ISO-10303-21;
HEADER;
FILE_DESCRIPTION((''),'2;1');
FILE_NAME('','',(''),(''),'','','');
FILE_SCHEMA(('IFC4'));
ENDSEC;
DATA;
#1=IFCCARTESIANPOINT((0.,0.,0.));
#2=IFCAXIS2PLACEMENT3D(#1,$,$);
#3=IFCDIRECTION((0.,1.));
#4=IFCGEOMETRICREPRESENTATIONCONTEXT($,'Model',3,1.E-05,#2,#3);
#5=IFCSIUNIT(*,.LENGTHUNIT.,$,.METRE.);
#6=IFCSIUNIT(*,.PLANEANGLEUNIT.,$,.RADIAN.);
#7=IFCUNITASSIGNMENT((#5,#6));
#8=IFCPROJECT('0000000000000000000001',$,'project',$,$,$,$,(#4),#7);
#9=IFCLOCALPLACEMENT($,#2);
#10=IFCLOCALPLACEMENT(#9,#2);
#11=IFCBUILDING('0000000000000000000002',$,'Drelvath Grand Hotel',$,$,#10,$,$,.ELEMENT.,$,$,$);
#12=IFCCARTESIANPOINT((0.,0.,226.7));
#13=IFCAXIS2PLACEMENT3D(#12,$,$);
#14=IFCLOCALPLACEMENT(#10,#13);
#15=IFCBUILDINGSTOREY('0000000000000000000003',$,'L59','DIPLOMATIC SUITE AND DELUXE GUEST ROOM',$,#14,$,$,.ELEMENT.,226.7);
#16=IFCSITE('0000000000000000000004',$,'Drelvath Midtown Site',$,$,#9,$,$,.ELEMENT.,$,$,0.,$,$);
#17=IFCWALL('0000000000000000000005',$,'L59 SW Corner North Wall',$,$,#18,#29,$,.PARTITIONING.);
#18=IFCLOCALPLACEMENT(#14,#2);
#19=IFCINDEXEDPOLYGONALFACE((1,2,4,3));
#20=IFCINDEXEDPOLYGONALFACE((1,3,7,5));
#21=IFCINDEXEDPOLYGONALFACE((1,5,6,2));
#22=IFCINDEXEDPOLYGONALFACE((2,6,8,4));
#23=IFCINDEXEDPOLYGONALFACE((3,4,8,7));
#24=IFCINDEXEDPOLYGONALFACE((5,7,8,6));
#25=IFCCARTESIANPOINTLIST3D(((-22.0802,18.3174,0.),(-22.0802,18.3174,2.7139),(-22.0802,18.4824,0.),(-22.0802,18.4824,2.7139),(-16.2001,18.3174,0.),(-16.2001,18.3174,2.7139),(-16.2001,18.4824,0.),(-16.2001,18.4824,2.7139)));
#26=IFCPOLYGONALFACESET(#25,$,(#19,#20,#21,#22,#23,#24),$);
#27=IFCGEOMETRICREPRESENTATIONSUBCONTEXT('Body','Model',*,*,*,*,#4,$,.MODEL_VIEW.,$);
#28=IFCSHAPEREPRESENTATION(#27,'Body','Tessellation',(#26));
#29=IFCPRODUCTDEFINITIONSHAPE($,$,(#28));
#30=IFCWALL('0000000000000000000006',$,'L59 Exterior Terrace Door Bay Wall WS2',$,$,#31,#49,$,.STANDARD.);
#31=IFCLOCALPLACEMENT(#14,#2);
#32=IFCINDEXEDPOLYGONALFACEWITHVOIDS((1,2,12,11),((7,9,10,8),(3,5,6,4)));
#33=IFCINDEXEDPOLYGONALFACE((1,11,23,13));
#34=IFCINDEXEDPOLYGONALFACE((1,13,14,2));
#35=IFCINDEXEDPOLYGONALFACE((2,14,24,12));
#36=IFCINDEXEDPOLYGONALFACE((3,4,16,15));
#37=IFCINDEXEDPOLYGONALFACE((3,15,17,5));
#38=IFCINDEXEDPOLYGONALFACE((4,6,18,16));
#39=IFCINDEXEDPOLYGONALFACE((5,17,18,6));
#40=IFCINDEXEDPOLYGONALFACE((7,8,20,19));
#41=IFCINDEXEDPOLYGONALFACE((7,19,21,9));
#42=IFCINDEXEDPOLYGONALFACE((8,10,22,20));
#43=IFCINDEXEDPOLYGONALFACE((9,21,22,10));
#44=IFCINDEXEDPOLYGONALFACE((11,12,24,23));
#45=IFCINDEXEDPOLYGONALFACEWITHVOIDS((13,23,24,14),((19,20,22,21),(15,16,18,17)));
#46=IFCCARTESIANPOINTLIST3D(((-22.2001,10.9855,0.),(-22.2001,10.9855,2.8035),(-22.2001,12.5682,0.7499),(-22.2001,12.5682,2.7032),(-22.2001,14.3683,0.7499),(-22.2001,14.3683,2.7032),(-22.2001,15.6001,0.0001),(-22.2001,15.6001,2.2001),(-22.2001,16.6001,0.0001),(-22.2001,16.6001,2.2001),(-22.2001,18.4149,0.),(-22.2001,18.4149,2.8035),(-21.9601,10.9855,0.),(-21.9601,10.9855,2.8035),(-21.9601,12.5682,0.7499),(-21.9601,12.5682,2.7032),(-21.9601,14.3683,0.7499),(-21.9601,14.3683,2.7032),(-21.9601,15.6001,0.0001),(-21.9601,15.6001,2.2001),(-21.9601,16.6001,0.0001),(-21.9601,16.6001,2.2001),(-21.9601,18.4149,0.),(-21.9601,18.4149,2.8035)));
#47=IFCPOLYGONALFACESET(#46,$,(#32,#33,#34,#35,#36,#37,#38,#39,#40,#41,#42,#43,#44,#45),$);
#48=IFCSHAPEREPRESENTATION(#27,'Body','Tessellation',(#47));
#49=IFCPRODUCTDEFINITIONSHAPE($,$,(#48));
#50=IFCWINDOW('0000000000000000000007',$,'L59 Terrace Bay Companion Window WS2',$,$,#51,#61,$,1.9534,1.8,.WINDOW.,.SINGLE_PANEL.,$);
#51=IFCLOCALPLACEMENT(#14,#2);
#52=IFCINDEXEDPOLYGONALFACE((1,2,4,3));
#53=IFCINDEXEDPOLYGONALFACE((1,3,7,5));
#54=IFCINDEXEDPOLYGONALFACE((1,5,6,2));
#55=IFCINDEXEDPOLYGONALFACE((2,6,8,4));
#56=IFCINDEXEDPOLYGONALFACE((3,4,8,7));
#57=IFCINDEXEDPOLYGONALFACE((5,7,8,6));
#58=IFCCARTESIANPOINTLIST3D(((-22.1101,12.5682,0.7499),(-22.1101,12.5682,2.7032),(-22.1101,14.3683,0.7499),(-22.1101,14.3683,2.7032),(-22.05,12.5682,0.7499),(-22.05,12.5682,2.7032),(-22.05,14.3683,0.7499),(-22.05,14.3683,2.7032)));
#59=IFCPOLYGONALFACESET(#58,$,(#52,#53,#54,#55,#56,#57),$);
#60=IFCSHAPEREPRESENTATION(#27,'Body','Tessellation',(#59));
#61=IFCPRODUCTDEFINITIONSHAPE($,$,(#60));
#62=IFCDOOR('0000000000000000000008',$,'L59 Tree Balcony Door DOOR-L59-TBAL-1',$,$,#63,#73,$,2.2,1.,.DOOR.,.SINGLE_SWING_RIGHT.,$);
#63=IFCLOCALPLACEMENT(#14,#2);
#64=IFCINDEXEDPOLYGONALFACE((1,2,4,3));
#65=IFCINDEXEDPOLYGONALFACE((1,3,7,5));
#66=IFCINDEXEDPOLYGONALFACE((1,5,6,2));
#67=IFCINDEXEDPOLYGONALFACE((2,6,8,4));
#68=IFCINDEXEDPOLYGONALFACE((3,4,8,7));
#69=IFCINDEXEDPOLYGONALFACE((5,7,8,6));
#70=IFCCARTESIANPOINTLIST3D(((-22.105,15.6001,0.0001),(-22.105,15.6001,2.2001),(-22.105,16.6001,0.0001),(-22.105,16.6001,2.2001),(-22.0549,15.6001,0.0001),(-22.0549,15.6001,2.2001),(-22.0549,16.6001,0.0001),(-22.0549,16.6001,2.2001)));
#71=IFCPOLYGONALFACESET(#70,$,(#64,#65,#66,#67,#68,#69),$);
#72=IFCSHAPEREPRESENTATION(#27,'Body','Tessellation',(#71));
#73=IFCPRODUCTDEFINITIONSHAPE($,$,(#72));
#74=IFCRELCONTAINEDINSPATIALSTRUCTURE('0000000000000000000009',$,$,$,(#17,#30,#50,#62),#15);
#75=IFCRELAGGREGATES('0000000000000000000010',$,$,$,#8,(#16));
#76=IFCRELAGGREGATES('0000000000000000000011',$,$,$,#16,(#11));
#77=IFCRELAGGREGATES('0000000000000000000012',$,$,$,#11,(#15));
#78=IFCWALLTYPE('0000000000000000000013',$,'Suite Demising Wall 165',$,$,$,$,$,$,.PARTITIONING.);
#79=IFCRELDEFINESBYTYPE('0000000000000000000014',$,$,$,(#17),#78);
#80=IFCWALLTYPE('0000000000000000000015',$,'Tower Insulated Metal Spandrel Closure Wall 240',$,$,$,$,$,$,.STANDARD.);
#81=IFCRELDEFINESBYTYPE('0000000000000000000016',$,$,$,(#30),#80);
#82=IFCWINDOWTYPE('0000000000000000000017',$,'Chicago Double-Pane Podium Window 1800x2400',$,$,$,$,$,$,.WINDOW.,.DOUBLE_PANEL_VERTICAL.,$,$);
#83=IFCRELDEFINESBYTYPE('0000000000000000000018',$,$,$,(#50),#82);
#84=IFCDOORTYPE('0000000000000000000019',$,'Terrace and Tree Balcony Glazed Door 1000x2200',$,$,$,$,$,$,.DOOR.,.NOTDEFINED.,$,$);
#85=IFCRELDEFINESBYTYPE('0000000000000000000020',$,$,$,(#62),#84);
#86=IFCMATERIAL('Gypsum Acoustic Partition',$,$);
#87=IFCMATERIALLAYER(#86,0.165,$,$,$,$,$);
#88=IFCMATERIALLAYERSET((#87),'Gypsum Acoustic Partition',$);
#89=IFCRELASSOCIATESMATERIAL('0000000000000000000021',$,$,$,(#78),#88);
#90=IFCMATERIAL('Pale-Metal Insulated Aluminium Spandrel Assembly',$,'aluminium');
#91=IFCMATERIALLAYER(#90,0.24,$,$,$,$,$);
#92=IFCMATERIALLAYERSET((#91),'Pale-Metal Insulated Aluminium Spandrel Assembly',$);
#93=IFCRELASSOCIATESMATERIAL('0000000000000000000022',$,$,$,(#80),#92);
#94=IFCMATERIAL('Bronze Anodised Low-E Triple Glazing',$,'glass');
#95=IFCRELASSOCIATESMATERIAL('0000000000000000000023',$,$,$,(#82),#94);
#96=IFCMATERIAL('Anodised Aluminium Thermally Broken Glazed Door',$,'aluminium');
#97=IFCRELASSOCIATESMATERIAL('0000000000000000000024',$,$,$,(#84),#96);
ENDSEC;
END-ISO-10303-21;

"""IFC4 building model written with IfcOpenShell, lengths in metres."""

from ifc_helpers import new_model, si_unit, direction, frame, frame_2d, origin, place, context, subcontext, project, spatial, rectangle, extrude, material, layer, layer_set, type_object, element, fill, save


model = new_model("IFC4")

# Units and contexts
model_context = context("Model", 3, precision=1e-05, world=origin(), true_north=direction((0.0, 1.0)))
body_context = subcontext(model_context, "Body", "Model", "MODEL_VIEW")
ifc_project = project(units=[si_unit("LENGTHUNIT", "METRE"), si_unit("PLANEANGLEUNIT", "RADIAN")], contexts=[model_context])

# Site, building, storey
site_placement = place(None, origin())
site = spatial("IfcSite", under=ifc_project, at=site_placement, Name="Drelvath Midtown Site", CompositionType="ELEMENT", RefElevation=0.0)
building_placement = place(site_placement, origin())
building = spatial("IfcBuilding", under=site, at=building_placement, Name="Drelvath Grand Hotel", CompositionType="ELEMENT")
storey_placement = place(building_placement, frame((0.0, 0.0, 226.7)))
storey = spatial("IfcBuildingStorey", under=building, at=storey_placement, Name="L59", Description="DIPLOMATIC SUITE AND DELUXE GUEST ROOM", CompositionType="ELEMENT", Elevation=226.7)

# Wall
ifc_material_1 = material(Name="Gypsum Acoustic Partition")
ifc_layer_1 = layer(ifc_material_1, 0.165)
ifc_layer_set_1 = layer_set([ifc_layer_1], Name="Gypsum Acoustic Partition")
wall_type_1 = type_object("IfcWallType", Name="Suite Demising Wall 165", PredefinedType="PARTITIONING", material=ifc_layer_set_1)
wall_1_placement = place(storey_placement, frame((-22.0801, 18.3999, 0.0), z_axis=(0.0, 0.0, 1.0), x_axis=(1.0, 0.0, 0.0)))
element("IfcWall", 1, at=wall_1_placement, inside=storey, type_object=wall_type_1, Name="L59 SW Corner North Wall", PredefinedType="PARTITIONING", context=body_context, shape_type="SweptSolid", body=[
    extrude(rectangle(XDim=5.8801, YDim=0.165, at=frame_2d((2.9399, 0.0))), origin(), (0.0, 0.0, 1.0), 2.7139),
])

# Wall, openings, window, door
ifc_material_2 = material(Name="Pale-Metal Insulated Aluminium Spandrel Assembly", Category="aluminium")
ifc_layer_2 = layer(ifc_material_2, 0.24)
ifc_layer_set_2 = layer_set([ifc_layer_2], Name="Pale-Metal Insulated Aluminium Spandrel Assembly")
wall_type_2 = type_object("IfcWallType", Name="Tower Insulated Metal Spandrel Closure Wall 240", PredefinedType="STANDARD", material=ifc_layer_set_2)
wall_2_placement = place(storey_placement, frame((-22.0801, 10.9854, 0.0), z_axis=(0.0, 0.0, 1.0), x_axis=(0.0, 1.0, 0.0)))
wall_2 = element("IfcWall", 2, at=wall_2_placement, inside=storey, type_object=wall_type_2, Name="L59 Exterior Terrace Door Bay Wall WS2", PredefinedType="STANDARD", context=body_context, shape_type="SweptSolid", body=[
    extrude(rectangle(XDim=7.4294, YDim=0.24, at=frame_2d((3.7148, 0.0))), origin(), (0.0, 0.0, 1.0), 2.8035),
])
opening_1_placement = place(wall_2_placement, frame((4.6147, 0.0, 0.0)))
opening_1 = element("IfcOpeningElement", 3, at=opening_1_placement, cuts=wall_2, PredefinedType="OPENING", context=body_context, shape_type="SweptSolid", body=[
    extrude(rectangle(XDim=1.0, YDim=2.2, at=frame_2d((0.5, 1.1001))), frame((0.0, 0.1299, 0.0), z_axis=(0.0, -1.0, 0.0), x_axis=(1.0, 0.0, 0.0)), (0.0, 0.0, 1.0), 0.26),
])
opening_2_placement = place(wall_2_placement, frame((1.583, 0.0, 0.75)))
opening_2 = element("IfcOpeningElement", 4, at=opening_2_placement, cuts=wall_2, PredefinedType="OPENING", context=body_context, shape_type="SweptSolid", body=[
    extrude(rectangle(XDim=1.8, YDim=1.9534, at=frame_2d((0.8999, 0.9766))), frame((0.0, 0.1299, 0.0), z_axis=(0.0, -1.0, 0.0), x_axis=(1.0, 0.0, 0.0)), (0.0, 0.0, 1.0), 0.26),
])
ifc_material_3 = material(Name="Bronze Anodised Low-E Triple Glazing", Category="glass")
window_type = type_object("IfcWindowType", Name="Chicago Double-Pane Podium Window 1800x2400", PartitioningType="DOUBLE_PANEL_VERTICAL", PredefinedType="WINDOW", material=ifc_material_3)
window_placement = place(opening_2_placement, origin())
window = element("IfcWindow", 5, at=window_placement, inside=storey, type_object=window_type, Name="L59 Terrace Bay Companion Window WS2", OverallHeight=1.9534, OverallWidth=1.8, PartitioningType="SINGLE_PANEL", PredefinedType="WINDOW", context=body_context, shape_type="SweptSolid", body=[
    extrude(rectangle(XDim=1.8, YDim=1.9534, at=frame_2d((0.8999, 0.9766))), frame((0.0, 0.03, 0.0), z_axis=(0.0, -1.0, 0.0), x_axis=(1.0, 0.0, 0.0)), (0.0, 0.0, 1.0), 0.0601),
])
fill(opening_2, window)
ifc_material_4 = material(Name="Anodised Aluminium Thermally Broken Glazed Door", Category="aluminium")
door_type_1 = type_object("IfcDoorType", Name="Terrace and Tree Balcony Glazed Door 1000x2200", OperationType="NOTDEFINED", PredefinedType="DOOR", material=ifc_material_4)
door_1_placement = place(opening_1_placement, origin())
door_1 = element("IfcDoor", 6, at=door_1_placement, inside=storey, type_object=door_type_1, Name="L59 Tree Balcony Door DOOR-L59-TBAL-1", OperationType="SINGLE_SWING_RIGHT", OverallHeight=2.2, OverallWidth=1.0, PredefinedType="DOOR", context=body_context, shape_type="SweptSolid", body=[
    extrude(rectangle(XDim=1.0, YDim=2.2, at=frame_2d((0.5, 1.1001))), frame((0.0, 0.0249, 0.0), z_axis=(0.0, -1.0, 0.0), x_axis=(1.0, 0.0, 0.0)), (0.0, 0.0, 1.0), 0.05),
])
fill(opening_1, door_1)

save(model, "model.ifc")
